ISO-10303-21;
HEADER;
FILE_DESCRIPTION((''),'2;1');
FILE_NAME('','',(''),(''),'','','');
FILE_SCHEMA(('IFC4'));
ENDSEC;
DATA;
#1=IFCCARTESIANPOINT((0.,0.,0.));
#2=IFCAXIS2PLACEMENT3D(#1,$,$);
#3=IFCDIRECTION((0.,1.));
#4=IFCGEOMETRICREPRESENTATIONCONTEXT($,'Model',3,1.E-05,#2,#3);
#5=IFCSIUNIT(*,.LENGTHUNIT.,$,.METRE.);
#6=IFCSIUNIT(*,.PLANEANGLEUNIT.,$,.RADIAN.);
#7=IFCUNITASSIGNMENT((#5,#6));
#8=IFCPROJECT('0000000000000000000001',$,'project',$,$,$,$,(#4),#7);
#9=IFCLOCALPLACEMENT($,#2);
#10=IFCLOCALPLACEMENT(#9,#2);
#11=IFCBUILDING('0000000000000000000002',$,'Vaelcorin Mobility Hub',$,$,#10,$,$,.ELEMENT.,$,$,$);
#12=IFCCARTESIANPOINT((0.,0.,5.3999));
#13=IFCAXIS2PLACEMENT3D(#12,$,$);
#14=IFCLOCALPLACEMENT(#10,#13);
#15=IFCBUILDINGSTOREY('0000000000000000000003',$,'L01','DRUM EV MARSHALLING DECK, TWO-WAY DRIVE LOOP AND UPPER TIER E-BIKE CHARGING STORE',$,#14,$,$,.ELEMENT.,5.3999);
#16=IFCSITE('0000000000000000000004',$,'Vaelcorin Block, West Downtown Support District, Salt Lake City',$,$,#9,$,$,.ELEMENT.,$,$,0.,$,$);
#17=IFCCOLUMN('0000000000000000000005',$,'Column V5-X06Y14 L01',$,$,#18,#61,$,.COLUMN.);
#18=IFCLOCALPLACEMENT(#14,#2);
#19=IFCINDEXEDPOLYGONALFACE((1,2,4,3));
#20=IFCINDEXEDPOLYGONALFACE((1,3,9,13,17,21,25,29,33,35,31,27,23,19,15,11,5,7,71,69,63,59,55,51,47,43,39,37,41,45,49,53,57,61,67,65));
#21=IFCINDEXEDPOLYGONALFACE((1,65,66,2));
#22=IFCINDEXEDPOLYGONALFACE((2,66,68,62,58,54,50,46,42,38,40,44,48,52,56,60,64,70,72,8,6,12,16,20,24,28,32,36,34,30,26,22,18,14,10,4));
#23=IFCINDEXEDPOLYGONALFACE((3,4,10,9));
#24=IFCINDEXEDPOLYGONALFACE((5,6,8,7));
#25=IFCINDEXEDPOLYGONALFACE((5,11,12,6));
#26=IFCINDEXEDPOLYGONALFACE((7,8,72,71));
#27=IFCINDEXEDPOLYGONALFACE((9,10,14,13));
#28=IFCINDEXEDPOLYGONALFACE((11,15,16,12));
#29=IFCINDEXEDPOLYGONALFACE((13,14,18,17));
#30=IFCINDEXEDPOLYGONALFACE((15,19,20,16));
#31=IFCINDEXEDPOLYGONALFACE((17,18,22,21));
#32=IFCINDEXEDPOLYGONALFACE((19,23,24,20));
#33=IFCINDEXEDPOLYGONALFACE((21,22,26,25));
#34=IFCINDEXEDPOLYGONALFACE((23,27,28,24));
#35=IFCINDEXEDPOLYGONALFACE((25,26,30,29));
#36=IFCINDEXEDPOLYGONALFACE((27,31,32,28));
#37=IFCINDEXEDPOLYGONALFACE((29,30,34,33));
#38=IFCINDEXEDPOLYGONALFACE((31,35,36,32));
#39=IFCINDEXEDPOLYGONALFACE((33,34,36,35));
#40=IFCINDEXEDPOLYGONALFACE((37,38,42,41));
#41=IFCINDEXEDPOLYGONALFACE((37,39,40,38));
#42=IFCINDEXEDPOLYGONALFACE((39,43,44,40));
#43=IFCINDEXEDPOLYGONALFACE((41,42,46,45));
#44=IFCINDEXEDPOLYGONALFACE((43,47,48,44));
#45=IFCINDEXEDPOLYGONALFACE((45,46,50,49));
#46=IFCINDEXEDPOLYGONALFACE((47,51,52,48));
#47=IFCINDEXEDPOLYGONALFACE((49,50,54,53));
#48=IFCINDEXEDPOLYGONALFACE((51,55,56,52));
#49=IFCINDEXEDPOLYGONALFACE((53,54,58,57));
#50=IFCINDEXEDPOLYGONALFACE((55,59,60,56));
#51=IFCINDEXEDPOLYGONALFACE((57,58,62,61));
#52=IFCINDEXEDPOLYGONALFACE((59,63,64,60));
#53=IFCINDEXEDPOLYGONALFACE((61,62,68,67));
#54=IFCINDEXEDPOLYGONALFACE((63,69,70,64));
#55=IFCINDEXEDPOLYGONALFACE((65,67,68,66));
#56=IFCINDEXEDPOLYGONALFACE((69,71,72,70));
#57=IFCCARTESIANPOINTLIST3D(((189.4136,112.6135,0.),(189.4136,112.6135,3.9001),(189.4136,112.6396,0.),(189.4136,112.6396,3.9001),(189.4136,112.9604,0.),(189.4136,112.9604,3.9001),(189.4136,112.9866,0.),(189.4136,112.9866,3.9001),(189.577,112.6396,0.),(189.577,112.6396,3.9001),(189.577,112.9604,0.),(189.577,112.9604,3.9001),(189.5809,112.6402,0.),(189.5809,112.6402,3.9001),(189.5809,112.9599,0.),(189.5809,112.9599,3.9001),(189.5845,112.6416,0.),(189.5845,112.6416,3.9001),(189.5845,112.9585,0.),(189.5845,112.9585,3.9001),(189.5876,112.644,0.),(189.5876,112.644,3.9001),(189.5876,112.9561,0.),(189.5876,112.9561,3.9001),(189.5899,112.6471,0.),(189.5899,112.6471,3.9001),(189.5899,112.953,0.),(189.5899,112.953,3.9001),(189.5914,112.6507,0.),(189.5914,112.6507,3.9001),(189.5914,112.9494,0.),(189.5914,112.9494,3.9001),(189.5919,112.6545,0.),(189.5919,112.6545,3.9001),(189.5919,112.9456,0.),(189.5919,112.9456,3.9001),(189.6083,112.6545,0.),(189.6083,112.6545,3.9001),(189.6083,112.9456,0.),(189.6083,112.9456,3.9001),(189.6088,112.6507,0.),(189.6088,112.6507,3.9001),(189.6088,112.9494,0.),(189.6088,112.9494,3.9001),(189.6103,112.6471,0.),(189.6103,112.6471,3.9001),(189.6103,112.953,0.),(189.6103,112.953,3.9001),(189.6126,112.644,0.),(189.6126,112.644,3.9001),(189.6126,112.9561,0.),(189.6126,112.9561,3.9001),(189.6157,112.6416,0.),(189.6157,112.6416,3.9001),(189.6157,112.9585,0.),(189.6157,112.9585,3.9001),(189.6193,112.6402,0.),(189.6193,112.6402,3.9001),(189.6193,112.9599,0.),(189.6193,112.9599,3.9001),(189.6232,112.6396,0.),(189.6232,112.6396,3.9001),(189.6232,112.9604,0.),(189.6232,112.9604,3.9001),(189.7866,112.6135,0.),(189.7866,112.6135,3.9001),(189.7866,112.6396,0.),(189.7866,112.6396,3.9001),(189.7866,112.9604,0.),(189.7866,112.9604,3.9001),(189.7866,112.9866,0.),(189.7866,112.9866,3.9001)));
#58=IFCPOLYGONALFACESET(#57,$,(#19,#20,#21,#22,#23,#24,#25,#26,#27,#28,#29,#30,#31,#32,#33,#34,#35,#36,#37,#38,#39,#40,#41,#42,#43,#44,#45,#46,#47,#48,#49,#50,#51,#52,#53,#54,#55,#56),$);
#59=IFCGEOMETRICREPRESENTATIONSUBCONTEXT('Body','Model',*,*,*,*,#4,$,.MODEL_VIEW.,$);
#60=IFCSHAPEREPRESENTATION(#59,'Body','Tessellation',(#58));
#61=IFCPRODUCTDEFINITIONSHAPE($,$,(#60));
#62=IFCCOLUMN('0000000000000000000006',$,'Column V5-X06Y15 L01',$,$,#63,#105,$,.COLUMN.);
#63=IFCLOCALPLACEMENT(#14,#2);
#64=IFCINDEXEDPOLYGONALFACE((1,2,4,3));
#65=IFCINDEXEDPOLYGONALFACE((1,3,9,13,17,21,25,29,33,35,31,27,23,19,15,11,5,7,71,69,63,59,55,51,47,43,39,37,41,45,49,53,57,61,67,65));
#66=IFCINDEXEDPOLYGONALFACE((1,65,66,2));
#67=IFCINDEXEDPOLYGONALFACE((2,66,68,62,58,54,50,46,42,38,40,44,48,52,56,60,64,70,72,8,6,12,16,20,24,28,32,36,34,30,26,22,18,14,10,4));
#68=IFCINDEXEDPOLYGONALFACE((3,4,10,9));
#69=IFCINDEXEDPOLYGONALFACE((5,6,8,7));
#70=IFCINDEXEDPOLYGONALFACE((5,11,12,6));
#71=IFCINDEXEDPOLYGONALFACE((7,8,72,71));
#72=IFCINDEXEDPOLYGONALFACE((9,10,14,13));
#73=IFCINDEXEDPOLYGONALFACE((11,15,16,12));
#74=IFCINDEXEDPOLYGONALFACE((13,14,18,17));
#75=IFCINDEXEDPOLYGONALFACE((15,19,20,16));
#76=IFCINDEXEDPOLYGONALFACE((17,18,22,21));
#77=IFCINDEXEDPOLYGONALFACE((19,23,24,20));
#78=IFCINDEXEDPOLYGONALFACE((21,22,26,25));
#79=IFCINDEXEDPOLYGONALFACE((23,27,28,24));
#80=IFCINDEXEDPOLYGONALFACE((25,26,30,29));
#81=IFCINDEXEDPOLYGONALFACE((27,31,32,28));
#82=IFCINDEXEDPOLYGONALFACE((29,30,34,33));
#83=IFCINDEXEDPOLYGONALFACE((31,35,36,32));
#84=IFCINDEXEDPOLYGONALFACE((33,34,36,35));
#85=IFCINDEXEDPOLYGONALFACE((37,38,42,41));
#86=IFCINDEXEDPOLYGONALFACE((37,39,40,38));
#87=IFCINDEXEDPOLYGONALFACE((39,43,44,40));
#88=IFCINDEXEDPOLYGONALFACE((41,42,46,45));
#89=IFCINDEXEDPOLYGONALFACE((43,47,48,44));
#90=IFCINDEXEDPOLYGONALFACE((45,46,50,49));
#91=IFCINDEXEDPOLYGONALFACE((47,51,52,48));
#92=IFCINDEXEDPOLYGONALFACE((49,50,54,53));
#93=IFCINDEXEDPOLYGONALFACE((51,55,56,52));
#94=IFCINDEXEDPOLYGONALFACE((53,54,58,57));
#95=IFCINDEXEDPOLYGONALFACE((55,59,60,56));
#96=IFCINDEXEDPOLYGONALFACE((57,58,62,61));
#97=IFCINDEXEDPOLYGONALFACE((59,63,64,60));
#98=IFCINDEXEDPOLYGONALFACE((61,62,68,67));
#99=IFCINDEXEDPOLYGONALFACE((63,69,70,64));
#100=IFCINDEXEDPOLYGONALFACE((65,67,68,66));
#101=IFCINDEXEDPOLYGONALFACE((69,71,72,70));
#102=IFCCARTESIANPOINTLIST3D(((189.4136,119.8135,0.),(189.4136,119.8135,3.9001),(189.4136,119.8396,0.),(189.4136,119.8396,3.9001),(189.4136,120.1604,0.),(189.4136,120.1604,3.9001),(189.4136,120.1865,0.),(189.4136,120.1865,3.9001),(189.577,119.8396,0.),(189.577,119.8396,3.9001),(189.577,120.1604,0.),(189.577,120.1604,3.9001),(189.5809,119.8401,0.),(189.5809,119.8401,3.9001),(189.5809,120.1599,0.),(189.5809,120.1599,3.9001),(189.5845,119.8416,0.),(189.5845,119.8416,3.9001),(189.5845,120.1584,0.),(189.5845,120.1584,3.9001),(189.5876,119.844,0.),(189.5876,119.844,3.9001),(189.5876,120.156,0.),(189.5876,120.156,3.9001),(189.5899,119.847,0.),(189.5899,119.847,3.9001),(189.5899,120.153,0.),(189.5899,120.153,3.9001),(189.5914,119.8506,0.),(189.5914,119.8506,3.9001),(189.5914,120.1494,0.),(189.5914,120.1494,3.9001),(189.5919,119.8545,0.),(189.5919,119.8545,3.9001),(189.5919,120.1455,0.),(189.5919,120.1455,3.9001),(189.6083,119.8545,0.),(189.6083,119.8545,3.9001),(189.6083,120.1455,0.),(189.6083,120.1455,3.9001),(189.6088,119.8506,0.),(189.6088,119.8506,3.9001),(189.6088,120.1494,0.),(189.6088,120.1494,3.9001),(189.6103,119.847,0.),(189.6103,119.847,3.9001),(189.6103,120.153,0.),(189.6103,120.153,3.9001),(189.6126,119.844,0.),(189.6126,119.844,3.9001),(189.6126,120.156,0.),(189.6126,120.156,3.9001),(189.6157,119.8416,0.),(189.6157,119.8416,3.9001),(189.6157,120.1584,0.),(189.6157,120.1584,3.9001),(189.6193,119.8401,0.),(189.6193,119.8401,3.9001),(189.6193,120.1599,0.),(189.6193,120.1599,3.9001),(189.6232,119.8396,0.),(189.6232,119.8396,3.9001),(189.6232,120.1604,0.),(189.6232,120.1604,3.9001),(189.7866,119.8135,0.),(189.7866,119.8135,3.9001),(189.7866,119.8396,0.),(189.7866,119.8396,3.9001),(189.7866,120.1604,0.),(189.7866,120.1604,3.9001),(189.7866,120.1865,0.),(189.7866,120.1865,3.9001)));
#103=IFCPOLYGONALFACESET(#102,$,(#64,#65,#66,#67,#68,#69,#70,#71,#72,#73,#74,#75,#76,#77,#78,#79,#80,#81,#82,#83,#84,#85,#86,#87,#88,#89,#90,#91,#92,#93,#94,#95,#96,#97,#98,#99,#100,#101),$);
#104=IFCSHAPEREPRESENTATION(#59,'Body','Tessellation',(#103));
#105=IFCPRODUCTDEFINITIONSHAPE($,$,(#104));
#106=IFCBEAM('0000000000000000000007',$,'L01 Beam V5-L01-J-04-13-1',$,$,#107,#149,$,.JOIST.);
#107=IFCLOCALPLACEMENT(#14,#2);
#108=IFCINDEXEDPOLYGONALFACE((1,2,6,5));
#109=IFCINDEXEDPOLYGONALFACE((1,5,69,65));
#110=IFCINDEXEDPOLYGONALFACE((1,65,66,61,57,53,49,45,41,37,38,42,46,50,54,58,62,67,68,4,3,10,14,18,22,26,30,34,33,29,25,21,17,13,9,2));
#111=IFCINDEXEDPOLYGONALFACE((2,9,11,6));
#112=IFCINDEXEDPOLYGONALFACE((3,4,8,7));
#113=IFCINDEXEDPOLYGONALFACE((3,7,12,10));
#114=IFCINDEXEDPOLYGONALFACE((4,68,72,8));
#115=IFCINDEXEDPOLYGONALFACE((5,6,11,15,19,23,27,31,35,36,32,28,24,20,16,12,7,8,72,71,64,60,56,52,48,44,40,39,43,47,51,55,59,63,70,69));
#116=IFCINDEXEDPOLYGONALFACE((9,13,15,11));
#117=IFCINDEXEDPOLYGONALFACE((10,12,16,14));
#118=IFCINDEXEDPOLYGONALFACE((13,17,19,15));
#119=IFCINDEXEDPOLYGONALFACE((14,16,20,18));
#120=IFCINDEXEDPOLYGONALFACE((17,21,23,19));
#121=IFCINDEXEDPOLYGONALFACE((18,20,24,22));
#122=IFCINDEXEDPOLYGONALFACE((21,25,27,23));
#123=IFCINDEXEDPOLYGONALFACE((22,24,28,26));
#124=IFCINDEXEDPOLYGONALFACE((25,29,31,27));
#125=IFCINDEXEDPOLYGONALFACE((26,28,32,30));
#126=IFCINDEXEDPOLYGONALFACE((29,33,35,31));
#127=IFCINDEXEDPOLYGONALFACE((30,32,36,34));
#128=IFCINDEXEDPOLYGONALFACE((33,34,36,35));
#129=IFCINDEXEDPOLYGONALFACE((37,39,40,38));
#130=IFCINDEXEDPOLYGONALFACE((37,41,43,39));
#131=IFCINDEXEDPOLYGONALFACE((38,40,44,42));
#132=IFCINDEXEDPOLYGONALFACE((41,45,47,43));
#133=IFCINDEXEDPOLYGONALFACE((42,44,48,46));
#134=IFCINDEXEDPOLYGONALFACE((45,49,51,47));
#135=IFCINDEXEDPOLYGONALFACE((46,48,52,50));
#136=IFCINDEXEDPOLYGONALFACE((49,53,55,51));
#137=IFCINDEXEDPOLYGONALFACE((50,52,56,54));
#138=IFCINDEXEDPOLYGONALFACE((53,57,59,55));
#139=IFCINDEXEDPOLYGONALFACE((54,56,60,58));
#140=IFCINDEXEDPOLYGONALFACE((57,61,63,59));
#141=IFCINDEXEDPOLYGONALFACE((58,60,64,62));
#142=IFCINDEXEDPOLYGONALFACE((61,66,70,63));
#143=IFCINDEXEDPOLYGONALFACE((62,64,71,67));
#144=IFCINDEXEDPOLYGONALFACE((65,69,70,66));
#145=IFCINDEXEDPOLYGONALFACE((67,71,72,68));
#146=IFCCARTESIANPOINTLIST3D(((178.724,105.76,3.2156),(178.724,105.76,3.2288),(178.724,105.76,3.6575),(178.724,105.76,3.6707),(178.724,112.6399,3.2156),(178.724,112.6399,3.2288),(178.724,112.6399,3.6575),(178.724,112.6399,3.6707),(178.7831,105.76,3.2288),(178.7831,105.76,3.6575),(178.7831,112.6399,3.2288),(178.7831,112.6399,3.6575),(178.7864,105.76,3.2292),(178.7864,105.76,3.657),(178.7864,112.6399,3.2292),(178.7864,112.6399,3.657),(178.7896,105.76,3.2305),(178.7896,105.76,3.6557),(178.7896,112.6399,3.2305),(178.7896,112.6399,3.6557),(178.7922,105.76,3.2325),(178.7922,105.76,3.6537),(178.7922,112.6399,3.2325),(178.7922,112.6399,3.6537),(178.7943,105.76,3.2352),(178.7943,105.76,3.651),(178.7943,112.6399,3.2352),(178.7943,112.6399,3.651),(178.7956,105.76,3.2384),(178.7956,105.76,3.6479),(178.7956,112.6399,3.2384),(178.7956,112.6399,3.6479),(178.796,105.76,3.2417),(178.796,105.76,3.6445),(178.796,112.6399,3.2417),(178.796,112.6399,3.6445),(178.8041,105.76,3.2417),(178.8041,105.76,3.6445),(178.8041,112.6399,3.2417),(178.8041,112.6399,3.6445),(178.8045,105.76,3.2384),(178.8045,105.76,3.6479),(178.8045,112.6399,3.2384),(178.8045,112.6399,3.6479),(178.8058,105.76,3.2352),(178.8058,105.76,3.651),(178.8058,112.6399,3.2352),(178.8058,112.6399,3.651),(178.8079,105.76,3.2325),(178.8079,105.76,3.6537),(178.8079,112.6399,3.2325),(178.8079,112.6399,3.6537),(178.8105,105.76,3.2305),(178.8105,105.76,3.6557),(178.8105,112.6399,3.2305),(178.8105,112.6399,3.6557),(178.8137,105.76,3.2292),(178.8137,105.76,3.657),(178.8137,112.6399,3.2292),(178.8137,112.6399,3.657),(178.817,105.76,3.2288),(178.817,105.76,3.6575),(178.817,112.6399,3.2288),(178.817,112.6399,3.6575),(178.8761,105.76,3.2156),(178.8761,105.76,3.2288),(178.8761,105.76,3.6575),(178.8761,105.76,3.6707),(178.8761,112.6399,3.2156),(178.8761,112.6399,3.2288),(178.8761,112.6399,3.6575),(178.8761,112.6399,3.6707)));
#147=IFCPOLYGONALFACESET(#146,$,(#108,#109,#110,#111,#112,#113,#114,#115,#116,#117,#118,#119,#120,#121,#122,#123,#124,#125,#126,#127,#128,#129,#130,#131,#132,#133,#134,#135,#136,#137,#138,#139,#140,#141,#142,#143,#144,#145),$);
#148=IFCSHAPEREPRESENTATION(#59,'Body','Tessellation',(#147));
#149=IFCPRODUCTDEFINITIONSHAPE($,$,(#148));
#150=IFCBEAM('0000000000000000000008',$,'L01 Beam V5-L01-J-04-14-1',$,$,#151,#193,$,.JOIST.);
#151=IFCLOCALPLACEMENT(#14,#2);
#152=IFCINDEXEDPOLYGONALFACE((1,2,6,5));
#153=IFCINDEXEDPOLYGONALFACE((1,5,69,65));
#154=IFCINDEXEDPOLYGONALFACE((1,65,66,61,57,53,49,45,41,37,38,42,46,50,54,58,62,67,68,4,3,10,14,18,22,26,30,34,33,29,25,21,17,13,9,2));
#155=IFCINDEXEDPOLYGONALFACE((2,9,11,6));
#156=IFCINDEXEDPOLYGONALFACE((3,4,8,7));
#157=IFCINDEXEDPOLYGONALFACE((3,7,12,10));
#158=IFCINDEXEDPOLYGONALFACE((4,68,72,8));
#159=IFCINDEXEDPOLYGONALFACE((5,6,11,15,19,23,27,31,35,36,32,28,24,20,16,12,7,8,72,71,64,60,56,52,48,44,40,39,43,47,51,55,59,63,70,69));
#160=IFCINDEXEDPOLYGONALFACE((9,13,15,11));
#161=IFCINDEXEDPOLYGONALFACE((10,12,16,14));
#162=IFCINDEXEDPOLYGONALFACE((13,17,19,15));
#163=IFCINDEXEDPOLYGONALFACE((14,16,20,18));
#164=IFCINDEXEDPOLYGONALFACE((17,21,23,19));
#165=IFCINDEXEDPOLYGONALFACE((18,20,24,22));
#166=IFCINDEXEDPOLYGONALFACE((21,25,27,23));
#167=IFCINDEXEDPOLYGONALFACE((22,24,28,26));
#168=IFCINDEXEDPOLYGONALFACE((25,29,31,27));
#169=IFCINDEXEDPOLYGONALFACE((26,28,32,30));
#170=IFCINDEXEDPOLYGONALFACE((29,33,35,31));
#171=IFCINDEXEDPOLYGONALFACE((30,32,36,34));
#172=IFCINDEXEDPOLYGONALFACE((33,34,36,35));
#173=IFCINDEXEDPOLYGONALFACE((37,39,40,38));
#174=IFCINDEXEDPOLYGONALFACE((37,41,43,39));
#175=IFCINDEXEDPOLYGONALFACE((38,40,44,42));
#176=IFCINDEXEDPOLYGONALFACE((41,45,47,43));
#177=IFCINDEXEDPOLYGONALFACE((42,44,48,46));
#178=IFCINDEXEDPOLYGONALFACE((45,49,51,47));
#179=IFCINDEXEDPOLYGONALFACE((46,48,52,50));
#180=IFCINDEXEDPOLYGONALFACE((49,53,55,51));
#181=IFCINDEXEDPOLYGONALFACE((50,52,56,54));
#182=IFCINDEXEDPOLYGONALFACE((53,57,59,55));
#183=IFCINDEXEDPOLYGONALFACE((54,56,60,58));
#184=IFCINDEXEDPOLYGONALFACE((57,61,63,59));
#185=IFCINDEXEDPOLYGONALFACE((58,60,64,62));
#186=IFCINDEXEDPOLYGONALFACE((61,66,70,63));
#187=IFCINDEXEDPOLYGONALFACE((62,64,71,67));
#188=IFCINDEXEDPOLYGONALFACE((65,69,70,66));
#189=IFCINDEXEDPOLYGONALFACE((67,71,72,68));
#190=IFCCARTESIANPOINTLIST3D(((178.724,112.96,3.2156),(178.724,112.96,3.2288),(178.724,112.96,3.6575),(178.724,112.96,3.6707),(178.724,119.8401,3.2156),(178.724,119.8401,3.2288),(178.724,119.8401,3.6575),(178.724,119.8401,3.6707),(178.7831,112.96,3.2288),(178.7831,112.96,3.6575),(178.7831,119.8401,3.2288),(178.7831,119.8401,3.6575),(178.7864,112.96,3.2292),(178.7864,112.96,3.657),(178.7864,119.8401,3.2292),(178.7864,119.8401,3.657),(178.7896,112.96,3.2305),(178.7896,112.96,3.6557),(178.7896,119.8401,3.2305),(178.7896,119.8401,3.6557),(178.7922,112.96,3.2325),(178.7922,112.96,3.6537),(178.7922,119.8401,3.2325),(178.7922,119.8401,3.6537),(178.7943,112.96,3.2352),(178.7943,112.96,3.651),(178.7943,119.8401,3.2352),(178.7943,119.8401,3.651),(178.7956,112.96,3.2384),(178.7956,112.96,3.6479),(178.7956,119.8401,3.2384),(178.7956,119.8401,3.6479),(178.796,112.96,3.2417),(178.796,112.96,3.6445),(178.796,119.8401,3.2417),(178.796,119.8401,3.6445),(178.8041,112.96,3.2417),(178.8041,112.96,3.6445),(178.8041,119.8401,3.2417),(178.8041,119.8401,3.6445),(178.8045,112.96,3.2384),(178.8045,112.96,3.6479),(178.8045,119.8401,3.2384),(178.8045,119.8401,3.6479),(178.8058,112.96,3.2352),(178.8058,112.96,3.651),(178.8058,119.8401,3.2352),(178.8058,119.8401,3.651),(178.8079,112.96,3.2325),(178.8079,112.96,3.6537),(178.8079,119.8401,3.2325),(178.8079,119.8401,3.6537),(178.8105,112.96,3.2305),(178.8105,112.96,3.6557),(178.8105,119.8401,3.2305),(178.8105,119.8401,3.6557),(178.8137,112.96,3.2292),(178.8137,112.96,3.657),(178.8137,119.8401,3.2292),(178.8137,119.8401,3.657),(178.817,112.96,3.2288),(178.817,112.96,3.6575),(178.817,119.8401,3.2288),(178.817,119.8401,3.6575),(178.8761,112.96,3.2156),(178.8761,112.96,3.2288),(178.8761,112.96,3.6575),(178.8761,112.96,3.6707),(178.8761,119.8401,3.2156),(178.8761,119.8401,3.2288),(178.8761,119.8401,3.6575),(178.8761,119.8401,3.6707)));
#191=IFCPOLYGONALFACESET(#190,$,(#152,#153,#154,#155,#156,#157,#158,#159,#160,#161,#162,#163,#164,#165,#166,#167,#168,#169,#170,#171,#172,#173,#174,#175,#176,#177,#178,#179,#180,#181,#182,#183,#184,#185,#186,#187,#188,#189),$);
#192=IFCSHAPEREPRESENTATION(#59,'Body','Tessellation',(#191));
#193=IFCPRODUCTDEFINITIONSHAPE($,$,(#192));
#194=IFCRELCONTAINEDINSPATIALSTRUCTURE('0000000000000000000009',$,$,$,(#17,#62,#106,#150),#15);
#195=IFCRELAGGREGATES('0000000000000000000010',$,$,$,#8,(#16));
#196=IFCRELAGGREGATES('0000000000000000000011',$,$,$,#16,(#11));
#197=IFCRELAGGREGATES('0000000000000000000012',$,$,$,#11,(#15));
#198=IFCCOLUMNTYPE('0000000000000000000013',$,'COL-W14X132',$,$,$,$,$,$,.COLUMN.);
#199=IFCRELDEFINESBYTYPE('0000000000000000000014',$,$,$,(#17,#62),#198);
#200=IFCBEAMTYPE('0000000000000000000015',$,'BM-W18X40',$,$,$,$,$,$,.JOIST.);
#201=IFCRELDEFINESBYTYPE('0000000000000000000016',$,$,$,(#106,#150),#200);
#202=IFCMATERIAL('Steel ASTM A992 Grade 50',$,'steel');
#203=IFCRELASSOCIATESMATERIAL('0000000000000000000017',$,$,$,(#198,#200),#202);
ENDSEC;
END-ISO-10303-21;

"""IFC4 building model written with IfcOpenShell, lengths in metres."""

from ifc_helpers import new_model, si_unit, direction, frame, origin, origin_2d, place, context, subcontext, project, spatial, i_section, extrude, material, material_profile, profile_set, type_object, element, save


model = new_model("IFC4")

# Units and contexts
model_context = context("Model", 3, precision=1e-05, world=origin(), true_north=direction((0.0, 1.0)))
body_context = subcontext(model_context, "Body", "Model", "MODEL_VIEW")
ifc_project = project(units=[si_unit("LENGTHUNIT", "METRE"), si_unit("PLANEANGLEUNIT", "RADIAN")], contexts=[model_context])

# Site, building, storey
site_placement = place(None, origin())
site = spatial("IfcSite", under=ifc_project, at=site_placement, Name="Vaelcorin Block, West Downtown Support District, Salt Lake City", CompositionType="ELEMENT", RefElevation=0.0)
building_placement = place(site_placement, origin())
building = spatial("IfcBuilding", under=site, at=building_placement, Name="Vaelcorin Mobility Hub", CompositionType="ELEMENT")
storey_placement = place(building_placement, frame((0.0, 0.0, 5.3999)))
storey = spatial("IfcBuildingStorey", under=building, at=storey_placement, Name="L01", Description="DRUM EV MARSHALLING DECK, TWO-WAY DRIVE LOOP AND UPPER TIER E-BIKE CHARGING STORE", CompositionType="ELEMENT", Elevation=5.3999)

# Columns
ifc_material_1 = material(Name="Steel ASTM A992 Grade 50", Category="steel")
ifc_material_profile_1 = material_profile(ifc_material_1, i_section(OverallWidth=0.373, OverallDepth=0.373, WebThickness=0.0164, FlangeThickness=0.0261, FilletRadius=0.0149, at=origin_2d()), Name="W14X132")
ifc_profile_set_1 = profile_set([ifc_material_profile_1], Name="Steel ASTM A992 Grade 50")
column_type = type_object("IfcColumnType", Name="COL-W14X132", PredefinedType="COLUMN", material=ifc_profile_set_1)
for number, where, z_axis, x_axis, name in (
    (1, (189.6001, 112.8, 0.0), (0.0, 0.0, 1.0), (1.0, 0.0, 0.0), "Column V5-X06Y14 L01"),
    (2, (189.6001, 120.0, 0.0), (0.0, 0.0, 1.0), (1.0, 0.0, 0.0), "Column V5-X06Y15 L01"),
):
    element("IfcColumn", number, at=place(storey_placement, frame(where, z_axis=z_axis, x_axis=x_axis)), inside=storey, type_object=column_type, Name=name, PredefinedType="COLUMN", context=body_context, shape_type="SweptSolid", body=[
        extrude(i_section(OverallWidth=0.373, OverallDepth=0.373, WebThickness=0.0164, FlangeThickness=0.0261, FilletRadius=0.0149, at=origin_2d()), origin(), (0.0, 0.0, 1.0), 3.9001),
    ])

# Beams
ifc_material_profile_2 = material_profile(ifc_material_1, i_section(OverallWidth=0.1521, OverallDepth=0.4551, WebThickness=0.0081, FlangeThickness=0.0132, FilletRadius=0.0129, at=origin_2d()), Name="W18X40")
ifc_profile_set_2 = profile_set([ifc_material_profile_2], Name="Steel ASTM A992 Grade 50")
beam_type_1 = type_object("IfcBeamType", Name="BM-W18X40", PredefinedType="JOIST", material=ifc_profile_set_2)
beam_1_placement = place(storey_placement, frame((178.8, 105.76, 3.4431), z_axis=(0.0, 1.0, 0.0), x_axis=(-1.0, 0.0, 0.0)))
element("IfcBeam", 3, at=beam_1_placement, inside=storey, type_object=beam_type_1, Name="L01 Beam V5-L01-J-04-13-1", PredefinedType="JOIST", context=body_context, shape_type="SweptSolid", body=[
    extrude(i_section(OverallWidth=0.1521, OverallDepth=0.4551, WebThickness=0.0081, FlangeThickness=0.0132, FilletRadius=0.0129, at=origin_2d()), origin(), (0.0, 0.0, 1.0), 6.8799),
])
beam_2_placement = place(storey_placement, frame((178.8, 112.96, 3.4431), z_axis=(0.0, 1.0, 0.0), x_axis=(-1.0, 0.0, 0.0)))
element("IfcBeam", 4, at=beam_2_placement, inside=storey, type_object=beam_type_1, Name="L01 Beam V5-L01-J-04-14-1", PredefinedType="JOIST", context=body_context, shape_type="SweptSolid", body=[
    extrude(i_section(OverallWidth=0.1521, OverallDepth=0.4551, WebThickness=0.0081, FlangeThickness=0.0132, FilletRadius=0.0129, at=origin_2d()), origin(), (0.0, 0.0, 1.0), 6.8801),
])

save(model, "model.ifc")
